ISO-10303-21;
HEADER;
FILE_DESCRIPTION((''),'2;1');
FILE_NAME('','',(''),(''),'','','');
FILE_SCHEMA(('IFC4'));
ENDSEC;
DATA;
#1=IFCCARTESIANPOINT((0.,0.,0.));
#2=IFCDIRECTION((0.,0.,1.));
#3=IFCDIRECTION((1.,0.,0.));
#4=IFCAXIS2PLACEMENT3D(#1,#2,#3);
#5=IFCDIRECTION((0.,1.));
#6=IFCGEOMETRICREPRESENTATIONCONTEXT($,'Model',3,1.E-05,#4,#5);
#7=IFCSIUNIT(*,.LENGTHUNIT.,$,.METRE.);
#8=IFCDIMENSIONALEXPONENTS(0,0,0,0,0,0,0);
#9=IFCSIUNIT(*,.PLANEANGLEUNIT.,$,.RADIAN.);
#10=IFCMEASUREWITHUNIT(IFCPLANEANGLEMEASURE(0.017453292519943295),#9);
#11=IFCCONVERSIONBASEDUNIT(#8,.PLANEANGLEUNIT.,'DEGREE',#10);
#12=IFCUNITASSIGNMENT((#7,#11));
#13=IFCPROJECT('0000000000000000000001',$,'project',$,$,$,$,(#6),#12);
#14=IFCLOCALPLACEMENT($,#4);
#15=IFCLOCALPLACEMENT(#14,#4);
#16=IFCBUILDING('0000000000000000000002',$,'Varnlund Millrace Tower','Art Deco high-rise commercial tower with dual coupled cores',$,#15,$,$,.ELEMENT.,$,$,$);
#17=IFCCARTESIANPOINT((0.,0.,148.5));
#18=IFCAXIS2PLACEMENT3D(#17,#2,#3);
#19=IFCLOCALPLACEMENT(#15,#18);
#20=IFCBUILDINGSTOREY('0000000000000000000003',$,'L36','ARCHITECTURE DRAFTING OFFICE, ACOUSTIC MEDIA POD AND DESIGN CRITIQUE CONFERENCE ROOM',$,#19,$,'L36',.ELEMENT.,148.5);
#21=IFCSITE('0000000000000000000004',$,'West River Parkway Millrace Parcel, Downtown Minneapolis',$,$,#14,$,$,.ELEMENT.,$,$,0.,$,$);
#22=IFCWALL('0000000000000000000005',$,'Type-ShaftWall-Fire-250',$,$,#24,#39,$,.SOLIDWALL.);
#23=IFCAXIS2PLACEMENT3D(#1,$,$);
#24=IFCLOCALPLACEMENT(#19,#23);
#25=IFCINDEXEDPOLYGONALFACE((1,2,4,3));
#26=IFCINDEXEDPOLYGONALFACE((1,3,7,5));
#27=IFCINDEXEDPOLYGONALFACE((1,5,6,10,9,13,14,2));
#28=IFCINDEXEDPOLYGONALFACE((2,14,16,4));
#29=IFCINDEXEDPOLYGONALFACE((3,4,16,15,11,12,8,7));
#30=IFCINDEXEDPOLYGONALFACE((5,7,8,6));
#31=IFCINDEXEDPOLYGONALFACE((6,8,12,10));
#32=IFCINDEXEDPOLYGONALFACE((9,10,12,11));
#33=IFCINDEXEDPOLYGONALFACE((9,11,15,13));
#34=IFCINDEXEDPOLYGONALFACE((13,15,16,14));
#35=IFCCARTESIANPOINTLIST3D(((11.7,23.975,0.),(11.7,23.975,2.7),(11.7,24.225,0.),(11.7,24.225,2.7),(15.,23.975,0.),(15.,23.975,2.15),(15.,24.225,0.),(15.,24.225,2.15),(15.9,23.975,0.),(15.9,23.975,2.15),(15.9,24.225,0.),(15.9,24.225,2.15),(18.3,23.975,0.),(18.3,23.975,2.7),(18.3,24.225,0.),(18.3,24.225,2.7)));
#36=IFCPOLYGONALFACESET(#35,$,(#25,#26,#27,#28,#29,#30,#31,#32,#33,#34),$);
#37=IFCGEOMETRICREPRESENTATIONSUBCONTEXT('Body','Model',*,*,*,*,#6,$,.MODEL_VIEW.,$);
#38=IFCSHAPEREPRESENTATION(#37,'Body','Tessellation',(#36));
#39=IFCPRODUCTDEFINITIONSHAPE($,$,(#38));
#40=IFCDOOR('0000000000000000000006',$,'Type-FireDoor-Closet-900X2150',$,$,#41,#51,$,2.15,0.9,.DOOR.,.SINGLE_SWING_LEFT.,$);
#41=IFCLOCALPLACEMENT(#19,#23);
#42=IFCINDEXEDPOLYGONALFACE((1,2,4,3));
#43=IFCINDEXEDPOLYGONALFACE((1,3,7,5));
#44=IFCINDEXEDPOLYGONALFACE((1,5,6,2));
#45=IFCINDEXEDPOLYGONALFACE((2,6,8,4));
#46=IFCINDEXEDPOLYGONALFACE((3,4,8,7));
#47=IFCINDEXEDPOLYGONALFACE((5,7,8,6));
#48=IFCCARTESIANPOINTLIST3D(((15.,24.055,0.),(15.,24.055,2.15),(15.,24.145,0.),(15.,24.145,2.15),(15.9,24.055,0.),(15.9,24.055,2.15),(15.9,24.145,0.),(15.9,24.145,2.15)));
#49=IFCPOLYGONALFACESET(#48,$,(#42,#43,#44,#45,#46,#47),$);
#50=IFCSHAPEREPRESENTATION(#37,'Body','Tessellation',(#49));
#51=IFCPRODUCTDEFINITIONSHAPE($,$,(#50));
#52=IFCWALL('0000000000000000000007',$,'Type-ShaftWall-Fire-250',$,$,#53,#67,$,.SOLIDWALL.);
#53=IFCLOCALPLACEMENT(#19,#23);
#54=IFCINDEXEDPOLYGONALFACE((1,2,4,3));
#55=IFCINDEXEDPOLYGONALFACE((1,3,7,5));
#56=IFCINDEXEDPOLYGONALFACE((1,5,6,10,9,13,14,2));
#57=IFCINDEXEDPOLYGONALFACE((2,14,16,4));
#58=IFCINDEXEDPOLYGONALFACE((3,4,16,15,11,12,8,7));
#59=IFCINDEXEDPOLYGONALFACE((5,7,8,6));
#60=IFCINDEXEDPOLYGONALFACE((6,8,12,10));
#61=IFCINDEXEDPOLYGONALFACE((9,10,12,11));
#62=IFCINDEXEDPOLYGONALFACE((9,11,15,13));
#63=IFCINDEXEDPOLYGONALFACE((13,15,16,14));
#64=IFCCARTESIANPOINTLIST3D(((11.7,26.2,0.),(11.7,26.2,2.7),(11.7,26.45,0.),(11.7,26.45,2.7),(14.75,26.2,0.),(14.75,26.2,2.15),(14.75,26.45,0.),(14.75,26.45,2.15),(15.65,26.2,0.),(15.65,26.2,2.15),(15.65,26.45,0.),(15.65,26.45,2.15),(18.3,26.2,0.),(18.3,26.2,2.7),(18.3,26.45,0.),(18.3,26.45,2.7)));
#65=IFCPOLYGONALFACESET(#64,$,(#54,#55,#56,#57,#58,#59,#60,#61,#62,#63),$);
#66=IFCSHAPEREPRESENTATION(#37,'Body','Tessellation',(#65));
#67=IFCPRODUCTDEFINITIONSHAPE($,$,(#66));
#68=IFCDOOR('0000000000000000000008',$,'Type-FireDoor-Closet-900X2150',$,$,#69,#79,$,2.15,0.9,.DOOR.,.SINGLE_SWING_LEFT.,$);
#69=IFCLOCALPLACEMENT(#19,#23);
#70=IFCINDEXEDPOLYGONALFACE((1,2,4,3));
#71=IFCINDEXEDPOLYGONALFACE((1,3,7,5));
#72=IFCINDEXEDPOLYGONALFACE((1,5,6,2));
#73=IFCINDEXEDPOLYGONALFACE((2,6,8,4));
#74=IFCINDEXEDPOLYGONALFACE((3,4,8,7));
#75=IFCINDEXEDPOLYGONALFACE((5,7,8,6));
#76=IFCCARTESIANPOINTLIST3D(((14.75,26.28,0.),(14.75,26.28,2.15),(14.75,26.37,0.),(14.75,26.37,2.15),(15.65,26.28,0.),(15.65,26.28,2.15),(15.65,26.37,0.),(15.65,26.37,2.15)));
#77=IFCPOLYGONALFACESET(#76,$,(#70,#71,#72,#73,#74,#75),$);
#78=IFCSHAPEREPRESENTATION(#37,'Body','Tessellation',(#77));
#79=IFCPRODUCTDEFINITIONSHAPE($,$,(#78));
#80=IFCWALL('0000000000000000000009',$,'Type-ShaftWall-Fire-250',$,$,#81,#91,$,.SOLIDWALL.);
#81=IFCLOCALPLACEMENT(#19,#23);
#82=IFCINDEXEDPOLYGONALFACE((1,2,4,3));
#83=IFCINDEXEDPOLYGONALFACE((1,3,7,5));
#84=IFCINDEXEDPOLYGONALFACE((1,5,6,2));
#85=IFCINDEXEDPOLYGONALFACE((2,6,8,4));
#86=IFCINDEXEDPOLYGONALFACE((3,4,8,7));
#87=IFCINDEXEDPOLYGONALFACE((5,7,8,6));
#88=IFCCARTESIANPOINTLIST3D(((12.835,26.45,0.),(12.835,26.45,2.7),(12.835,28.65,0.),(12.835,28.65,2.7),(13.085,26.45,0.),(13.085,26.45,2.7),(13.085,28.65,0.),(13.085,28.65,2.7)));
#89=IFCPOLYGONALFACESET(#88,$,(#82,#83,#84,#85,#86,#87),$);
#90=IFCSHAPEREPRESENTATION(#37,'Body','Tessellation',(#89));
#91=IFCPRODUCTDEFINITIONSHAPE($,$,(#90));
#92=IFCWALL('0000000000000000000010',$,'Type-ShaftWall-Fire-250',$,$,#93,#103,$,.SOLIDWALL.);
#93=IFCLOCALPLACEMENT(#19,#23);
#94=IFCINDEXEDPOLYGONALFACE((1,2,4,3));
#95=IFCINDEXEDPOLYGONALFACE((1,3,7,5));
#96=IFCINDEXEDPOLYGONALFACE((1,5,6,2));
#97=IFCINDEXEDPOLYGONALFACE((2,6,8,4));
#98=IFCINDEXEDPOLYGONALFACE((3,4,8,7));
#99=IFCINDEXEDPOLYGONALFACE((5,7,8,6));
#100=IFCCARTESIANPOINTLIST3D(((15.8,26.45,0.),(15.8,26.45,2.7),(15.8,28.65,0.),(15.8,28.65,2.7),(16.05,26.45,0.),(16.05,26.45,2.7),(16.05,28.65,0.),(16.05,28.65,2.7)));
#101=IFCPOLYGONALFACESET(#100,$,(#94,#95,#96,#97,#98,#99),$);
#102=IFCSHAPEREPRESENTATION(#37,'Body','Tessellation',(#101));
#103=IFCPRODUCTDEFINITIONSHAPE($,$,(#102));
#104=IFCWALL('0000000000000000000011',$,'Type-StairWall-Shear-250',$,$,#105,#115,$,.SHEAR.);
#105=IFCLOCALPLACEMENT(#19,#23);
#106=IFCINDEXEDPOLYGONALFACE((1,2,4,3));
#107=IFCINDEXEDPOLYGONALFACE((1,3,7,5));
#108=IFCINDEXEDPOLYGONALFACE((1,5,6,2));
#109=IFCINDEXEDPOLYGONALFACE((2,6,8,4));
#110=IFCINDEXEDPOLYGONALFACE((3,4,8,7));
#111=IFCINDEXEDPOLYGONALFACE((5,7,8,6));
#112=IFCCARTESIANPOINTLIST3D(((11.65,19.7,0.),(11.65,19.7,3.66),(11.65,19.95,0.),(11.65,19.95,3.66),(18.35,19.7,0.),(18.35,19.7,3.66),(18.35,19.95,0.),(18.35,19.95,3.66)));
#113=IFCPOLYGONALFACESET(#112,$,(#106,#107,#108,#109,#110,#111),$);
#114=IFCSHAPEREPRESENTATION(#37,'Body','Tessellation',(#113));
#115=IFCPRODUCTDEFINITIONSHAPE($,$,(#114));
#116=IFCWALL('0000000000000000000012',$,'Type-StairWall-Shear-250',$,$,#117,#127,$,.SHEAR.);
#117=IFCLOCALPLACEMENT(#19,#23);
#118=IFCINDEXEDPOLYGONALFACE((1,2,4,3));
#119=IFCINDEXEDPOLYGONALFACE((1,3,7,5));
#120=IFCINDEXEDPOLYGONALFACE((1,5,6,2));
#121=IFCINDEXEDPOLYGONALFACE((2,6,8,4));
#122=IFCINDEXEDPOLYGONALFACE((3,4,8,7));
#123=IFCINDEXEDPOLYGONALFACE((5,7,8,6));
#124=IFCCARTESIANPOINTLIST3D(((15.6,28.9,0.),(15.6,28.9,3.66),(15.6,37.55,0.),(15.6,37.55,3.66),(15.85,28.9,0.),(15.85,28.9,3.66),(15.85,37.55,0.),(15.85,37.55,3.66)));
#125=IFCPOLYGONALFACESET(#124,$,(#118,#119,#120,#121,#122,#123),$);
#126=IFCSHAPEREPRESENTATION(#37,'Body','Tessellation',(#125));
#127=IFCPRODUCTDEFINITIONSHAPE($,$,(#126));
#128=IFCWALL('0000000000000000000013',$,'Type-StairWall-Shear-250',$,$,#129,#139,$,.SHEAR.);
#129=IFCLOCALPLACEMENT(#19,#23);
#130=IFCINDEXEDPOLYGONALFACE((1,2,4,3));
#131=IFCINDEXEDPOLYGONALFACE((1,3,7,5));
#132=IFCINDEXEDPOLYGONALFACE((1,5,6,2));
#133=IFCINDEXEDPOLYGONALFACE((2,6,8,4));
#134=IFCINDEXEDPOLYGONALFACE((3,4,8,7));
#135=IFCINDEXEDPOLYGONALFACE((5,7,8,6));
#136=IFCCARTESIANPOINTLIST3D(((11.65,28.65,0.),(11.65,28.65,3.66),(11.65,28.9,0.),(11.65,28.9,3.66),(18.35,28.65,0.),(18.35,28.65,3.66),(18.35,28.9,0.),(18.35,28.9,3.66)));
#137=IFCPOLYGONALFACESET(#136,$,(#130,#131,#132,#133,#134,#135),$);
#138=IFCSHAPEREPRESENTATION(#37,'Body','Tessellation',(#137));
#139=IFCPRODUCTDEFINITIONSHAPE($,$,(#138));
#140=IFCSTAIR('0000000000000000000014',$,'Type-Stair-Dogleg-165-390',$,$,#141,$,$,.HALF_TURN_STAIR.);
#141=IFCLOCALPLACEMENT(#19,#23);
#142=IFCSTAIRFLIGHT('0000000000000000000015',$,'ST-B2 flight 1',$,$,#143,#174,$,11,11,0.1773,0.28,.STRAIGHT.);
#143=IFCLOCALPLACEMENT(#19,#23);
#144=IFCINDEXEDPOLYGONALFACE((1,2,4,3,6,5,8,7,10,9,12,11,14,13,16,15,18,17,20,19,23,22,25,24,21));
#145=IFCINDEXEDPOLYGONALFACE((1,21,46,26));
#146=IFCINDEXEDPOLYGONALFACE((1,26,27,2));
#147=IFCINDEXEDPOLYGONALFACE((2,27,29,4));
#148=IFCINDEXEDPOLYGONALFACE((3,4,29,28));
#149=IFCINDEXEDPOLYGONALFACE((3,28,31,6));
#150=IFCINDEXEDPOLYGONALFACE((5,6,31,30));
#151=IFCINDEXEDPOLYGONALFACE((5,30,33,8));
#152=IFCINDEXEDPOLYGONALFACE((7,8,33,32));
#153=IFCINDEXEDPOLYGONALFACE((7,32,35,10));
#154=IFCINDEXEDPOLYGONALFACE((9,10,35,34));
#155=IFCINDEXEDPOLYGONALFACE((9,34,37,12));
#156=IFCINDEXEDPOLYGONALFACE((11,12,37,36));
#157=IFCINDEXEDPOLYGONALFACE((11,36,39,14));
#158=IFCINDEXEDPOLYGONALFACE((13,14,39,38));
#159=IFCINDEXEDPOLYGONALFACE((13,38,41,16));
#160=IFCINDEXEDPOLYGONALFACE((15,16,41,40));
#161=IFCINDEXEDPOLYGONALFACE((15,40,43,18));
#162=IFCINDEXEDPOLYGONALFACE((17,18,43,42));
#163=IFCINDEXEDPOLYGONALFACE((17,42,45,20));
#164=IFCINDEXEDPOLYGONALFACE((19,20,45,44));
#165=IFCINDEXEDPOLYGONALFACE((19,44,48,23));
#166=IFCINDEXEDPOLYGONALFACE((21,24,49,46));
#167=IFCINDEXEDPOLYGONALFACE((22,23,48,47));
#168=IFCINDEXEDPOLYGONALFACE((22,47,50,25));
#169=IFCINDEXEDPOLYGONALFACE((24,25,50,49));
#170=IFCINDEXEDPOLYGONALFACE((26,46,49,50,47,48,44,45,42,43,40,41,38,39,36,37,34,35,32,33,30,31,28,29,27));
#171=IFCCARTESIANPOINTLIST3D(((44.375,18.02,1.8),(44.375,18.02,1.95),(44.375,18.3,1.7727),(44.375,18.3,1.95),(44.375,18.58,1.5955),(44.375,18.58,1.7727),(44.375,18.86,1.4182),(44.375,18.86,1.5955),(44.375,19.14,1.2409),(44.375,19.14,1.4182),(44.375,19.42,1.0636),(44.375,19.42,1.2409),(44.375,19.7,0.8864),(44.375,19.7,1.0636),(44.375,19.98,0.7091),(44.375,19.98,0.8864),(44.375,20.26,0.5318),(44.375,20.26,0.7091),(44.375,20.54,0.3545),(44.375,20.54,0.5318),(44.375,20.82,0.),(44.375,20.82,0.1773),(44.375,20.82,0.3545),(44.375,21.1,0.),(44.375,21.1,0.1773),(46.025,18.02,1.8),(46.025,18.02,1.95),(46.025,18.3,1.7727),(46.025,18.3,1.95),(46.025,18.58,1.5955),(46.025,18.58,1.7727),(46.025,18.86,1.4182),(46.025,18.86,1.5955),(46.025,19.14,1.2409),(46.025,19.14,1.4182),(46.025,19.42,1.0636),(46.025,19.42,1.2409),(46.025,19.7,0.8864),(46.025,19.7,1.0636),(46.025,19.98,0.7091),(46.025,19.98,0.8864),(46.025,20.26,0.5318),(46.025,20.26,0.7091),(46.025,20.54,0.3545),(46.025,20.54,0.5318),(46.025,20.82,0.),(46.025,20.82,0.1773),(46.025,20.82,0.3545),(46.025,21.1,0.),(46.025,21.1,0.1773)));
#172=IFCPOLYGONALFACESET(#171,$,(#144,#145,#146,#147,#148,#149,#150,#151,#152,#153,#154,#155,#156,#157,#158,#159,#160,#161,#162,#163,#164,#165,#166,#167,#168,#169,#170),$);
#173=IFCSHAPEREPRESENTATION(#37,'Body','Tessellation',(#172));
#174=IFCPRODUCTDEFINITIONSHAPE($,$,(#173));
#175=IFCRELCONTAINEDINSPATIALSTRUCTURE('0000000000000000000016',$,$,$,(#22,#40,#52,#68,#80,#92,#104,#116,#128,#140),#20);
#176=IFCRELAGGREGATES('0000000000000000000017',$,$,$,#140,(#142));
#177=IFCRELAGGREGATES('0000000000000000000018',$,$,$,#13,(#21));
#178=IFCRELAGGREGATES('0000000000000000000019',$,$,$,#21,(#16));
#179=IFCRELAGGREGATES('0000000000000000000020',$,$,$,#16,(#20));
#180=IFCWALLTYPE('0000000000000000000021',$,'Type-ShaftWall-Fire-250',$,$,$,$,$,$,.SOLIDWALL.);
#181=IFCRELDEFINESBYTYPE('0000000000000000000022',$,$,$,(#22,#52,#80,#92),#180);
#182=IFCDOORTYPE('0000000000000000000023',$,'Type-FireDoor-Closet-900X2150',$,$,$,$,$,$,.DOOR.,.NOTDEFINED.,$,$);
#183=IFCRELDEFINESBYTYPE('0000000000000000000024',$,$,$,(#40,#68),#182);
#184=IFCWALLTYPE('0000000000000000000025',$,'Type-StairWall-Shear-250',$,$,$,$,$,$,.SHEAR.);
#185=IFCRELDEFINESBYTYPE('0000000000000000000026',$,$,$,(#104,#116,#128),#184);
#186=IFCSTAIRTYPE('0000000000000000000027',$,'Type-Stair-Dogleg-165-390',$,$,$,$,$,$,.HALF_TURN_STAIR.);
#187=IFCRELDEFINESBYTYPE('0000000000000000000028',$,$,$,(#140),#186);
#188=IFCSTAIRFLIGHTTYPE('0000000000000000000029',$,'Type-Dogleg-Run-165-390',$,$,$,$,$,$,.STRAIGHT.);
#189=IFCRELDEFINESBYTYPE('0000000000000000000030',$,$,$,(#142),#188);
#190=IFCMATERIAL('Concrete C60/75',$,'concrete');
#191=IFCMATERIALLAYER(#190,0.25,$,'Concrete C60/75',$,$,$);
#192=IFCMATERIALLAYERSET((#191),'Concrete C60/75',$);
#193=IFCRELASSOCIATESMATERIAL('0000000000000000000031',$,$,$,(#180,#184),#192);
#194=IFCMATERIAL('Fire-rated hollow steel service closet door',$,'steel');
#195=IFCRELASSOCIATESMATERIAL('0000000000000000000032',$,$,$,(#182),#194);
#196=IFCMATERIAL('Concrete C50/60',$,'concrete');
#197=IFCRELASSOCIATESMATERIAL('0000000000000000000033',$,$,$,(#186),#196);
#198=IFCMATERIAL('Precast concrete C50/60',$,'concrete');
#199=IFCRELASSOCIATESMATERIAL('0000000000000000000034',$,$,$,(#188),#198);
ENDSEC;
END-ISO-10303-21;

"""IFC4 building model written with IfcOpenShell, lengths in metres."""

from ifc_helpers import new_model, entity, si_unit, converted_unit, direction, frame, origin_with_axes, origin_2d_with_axis, place, context, subcontext, project, spatial, polyline, rectangle, outline, extrude, material, layer, layer_set, type_object, element, fill, aggregate, save


model = new_model("IFC4")

# Units and contexts
model_context = context("Model", 3, precision=1e-05, world=origin_with_axes(), true_north=direction((0.0, 1.0)))
body_context = subcontext(model_context, "Body", "Model", "MODEL_VIEW")
ifc_project = project(units=[si_unit("LENGTHUNIT", "METRE"), converted_unit("PLANEANGLEUNIT", "DEGREE", entity("IfcPlaneAngleMeasure", 0.017453292519943295), si_unit("PLANEANGLEUNIT", "RADIAN"), dimensions=[0, 0, 0, 0, 0, 0, 0])], contexts=[model_context])

# Site, building, storey
site_placement = place(None, origin_with_axes())
site = spatial("IfcSite", under=ifc_project, at=site_placement, Name="West River Parkway Millrace Parcel, Downtown Minneapolis", CompositionType="ELEMENT", RefElevation=0.0)
building_placement = place(site_placement, origin_with_axes())
building = spatial("IfcBuilding", under=site, at=building_placement, Name="Varnlund Millrace Tower", Description="Art Deco high-rise commercial tower with dual coupled cores", CompositionType="ELEMENT")
storey_placement = place(building_placement, frame((0.0, 0.0, 148.5), z_axis=(0.0, 0.0, 1.0), x_axis=(1.0, 0.0, 0.0)))
storey = spatial("IfcBuildingStorey", under=building, at=storey_placement, Name="L36", Description="ARCHITECTURE DRAFTING OFFICE, ACOUSTIC MEDIA POD AND DESIGN CRITIQUE CONFERENCE ROOM", LongName="L36", CompositionType="ELEMENT", Elevation=148.5)

# Shared definitions
ifc_material_1 = material(Name="Concrete C60/75", Category="concrete")
ifc_layer_1 = layer(ifc_material_1, 0.25, Name="Concrete C60/75")
ifc_layer_set_1 = layer_set([ifc_layer_1], Name="Concrete C60/75")
wall_type_1 = type_object("IfcWallType", Name="Type-ShaftWall-Fire-250", PredefinedType="SOLIDWALL", material=ifc_layer_set_1)

# Walls, openings, doors
wall_1_placement = place(storey_placement, frame((11.7, 24.1, 0.0), z_axis=(0.0, 0.0, 1.0), x_axis=(1.0, 0.0, 0.0)))
wall_1 = element("IfcWall", 1, at=wall_1_placement, inside=storey, type_object=wall_type_1, Name="Type-ShaftWall-Fire-250", PredefinedType="SOLIDWALL", context=body_context, shape_type="SweptSolid", body=[
    extrude(outline(polyline([(0.0, -0.125), (6.6, -0.125), (6.6, 0.125), (0.0, 0.125), (0.0, -0.125)])), origin_with_axes(), (0.0, 0.0, 1.0), 2.7),
])
opening_1_placement = place(wall_1_placement, frame((3.75, 0.0, 0.0), z_axis=(0.0, 0.0, 1.0), x_axis=(1.0, 0.0, 0.0)))
opening_1 = element("IfcOpeningElement", 2, at=opening_1_placement, cuts=wall_1, PredefinedType="OPENING", context=body_context, shape_type="SweptSolid", body=[
    extrude(rectangle(XDim=0.9, YDim=0.27, at=origin_2d_with_axis()), origin_with_axes(), (0.0, 0.0, 1.0), 2.15),
])
ifc_material_2 = material(Name="Fire-rated hollow steel service closet door", Category="steel")
door_type_1 = type_object("IfcDoorType", Name="Type-FireDoor-Closet-900X2150", OperationType="NOTDEFINED", PredefinedType="DOOR", material=ifc_material_2)
door_1_placement = place(wall_1_placement, frame((3.75, 0.0, 0.0), z_axis=(0.0, 0.0, 1.0), x_axis=(1.0, 0.0, 0.0)))
door_1 = element("IfcDoor", 3, at=door_1_placement, inside=storey, type_object=door_type_1, Name="Type-FireDoor-Closet-900X2150", OperationType="SINGLE_SWING_LEFT", OverallHeight=2.15, OverallWidth=0.9, PredefinedType="DOOR", context=body_context, shape_type="SweptSolid", body=[
    extrude(rectangle(XDim=0.9, YDim=0.09, at=origin_2d_with_axis()), origin_with_axes(), (0.0, 0.0, 1.0), 2.15),
])
fill(opening_1, door_1)
wall_2_placement = place(storey_placement, frame((11.7, 26.325, 0.0), z_axis=(0.0, 0.0, 1.0), x_axis=(1.0, 0.0, 0.0)))
wall_2 = element("IfcWall", 4, at=wall_2_placement, inside=storey, type_object=wall_type_1, Name="Type-ShaftWall-Fire-250", PredefinedType="SOLIDWALL", context=body_context, shape_type="SweptSolid", body=[
    extrude(outline(polyline([(0.0, -0.125), (6.6, -0.125), (6.6, 0.125), (0.0, 0.125), (0.0, -0.125)])), origin_with_axes(), (0.0, 0.0, 1.0), 2.7),
])
opening_2_placement = place(wall_2_placement, frame((3.5, 0.0, 0.0), z_axis=(0.0, 0.0, 1.0), x_axis=(1.0, 0.0, 0.0)))
opening_2 = element("IfcOpeningElement", 5, at=opening_2_placement, cuts=wall_2, PredefinedType="OPENING", context=body_context, shape_type="SweptSolid", body=[
    extrude(rectangle(XDim=0.9, YDim=0.27, at=origin_2d_with_axis()), origin_with_axes(), (0.0, 0.0, 1.0), 2.15),
])
door_2_placement = place(wall_2_placement, frame((3.5, 0.0, 0.0), z_axis=(0.0, 0.0, 1.0), x_axis=(1.0, 0.0, 0.0)))
door_2 = element("IfcDoor", 6, at=door_2_placement, inside=storey, type_object=door_type_1, Name="Type-FireDoor-Closet-900X2150", OperationType="SINGLE_SWING_LEFT", OverallHeight=2.15, OverallWidth=0.9, PredefinedType="DOOR", context=body_context, shape_type="SweptSolid", body=[
    extrude(rectangle(XDim=0.9, YDim=0.09, at=origin_2d_with_axis()), origin_with_axes(), (0.0, 0.0, 1.0), 2.15),
])
fill(opening_2, door_2)

# Walls
for number, where, z_axis, x_axis, name in (
    (7, (12.96, 26.45, 0.0), (0.0, 0.0, 1.0), (0.0, 1.0, 0.0), "Type-ShaftWall-Fire-250"),
    (8, (15.925, 26.45, 0.0), (0.0, 0.0, 1.0), (0.0, 1.0, 0.0), "Type-ShaftWall-Fire-250"),
):
    element("IfcWall", number, at=place(storey_placement, frame(where, z_axis=z_axis, x_axis=x_axis)), inside=storey, type_object=wall_type_1, Name=name, PredefinedType="SOLIDWALL", context=body_context, shape_type="SweptSolid", body=[
        extrude(outline(polyline([(0.0, -0.125), (2.2, -0.125), (2.2, 0.125), (0.0, 0.125), (0.0, -0.125)])), origin_with_axes(), (0.0, 0.0, 1.0), 2.7),
    ])
wall_type_2 = type_object("IfcWallType", Name="Type-StairWall-Shear-250", PredefinedType="SHEAR", material=ifc_layer_set_1)
wall_3_placement = place(storey_placement, frame((11.65, 19.825, 0.0), z_axis=(0.0, 0.0, 1.0), x_axis=(1.0, 0.0, 0.0)))
element("IfcWall", 9, at=wall_3_placement, inside=storey, type_object=wall_type_2, Name="Type-StairWall-Shear-250", PredefinedType="SHEAR", context=body_context, shape_type="SweptSolid", body=[
    extrude(outline(polyline([(0.0, -0.125), (6.7, -0.125), (6.7, 0.125), (0.0, 0.125), (0.0, -0.125)])), origin_with_axes(), (0.0, 0.0, 1.0), 3.66),
])
wall_4_placement = place(storey_placement, frame((15.725, 28.9, 0.0), z_axis=(0.0, 0.0, 1.0), x_axis=(0.0, 1.0, 0.0)))
element("IfcWall", 10, at=wall_4_placement, inside=storey, type_object=wall_type_2, Name="Type-StairWall-Shear-250", PredefinedType="SHEAR", context=body_context, shape_type="SweptSolid", body=[
    extrude(outline(polyline([(0.0, -0.125), (8.65, -0.125), (8.65, 0.125), (0.0, 0.125), (0.0, -0.125)])), origin_with_axes(), (0.0, 0.0, 1.0), 3.66),
])
wall_5_placement = place(storey_placement, frame((11.65, 28.775, 0.0), z_axis=(0.0, 0.0, 1.0), x_axis=(1.0, 0.0, 0.0)))
element("IfcWall", 11, at=wall_5_placement, inside=storey, type_object=wall_type_2, Name="Type-StairWall-Shear-250", PredefinedType="SHEAR", context=body_context, shape_type="SweptSolid", body=[
    extrude(outline(polyline([(0.0, -0.125), (6.7, -0.125), (6.7, 0.125), (0.0, 0.125), (0.0, -0.125)])), origin_with_axes(), (0.0, 0.0, 1.0), 3.66),
])

# Stair, stair flight
ifc_material_3 = material(Name="Concrete C50/60", Category="concrete")
stair_type_1 = type_object("IfcStairType", Name="Type-Stair-Dogleg-165-390", PredefinedType="HALF_TURN_STAIR", material=ifc_material_3)
stair_1_placement = place(storey_placement, origin_with_axes())
stair_1 = element("IfcStair", 12, at=stair_1_placement, inside=storey, type_object=stair_type_1, Name="Type-Stair-Dogleg-165-390", PredefinedType="HALF_TURN_STAIR")
ifc_material_4 = material(Name="Precast concrete C50/60", Category="concrete")
stair_flight_type_1 = type_object("IfcStairFlightType", Name="Type-Dogleg-Run-165-390", PredefinedType="STRAIGHT", material=ifc_material_4)
stair_flight_1_placement = place(storey_placement, frame((46.025, 21.1, 0.0), z_axis=(-1.0, 0.0, 0.0), x_axis=(0.0, -1.0, 0.0)))
stair_flight_1 = element("IfcStairFlight", 13, at=stair_flight_1_placement, type_object=stair_flight_type_1, Name="ST-B2 flight 1", NumberOfRisers=11, NumberOfTreads=11, PredefinedType="STRAIGHT", RiserHeight=0.1773, TreadLength=0.28, context=body_context, shape_type="SweptSolid", body=[
    extrude(outline(polyline([(0.0, 0.0), (0.0, 0.1773), (0.28, 0.1773), (0.28, 0.3545), (0.56, 0.3545), (0.56, 0.5318), (0.84, 0.5318), (0.84, 0.7091), (1.12, 0.7091), (1.12, 0.8864), (1.4, 0.8864), (1.4, 1.0636), (1.68, 1.0636), (1.68, 1.2409), (1.96, 1.2409), (1.96, 1.4182), (2.24, 1.4182), (2.24, 1.5955), (2.52, 1.5955), (2.52, 1.7727), (2.8, 1.7727), (2.8, 1.95), (3.08, 1.95), (3.08, 1.8), (0.28, 0.0), (0.0, 0.0)])), origin_with_axes(), (0.0, 0.0, 1.0), 1.65),
])
aggregate(stair_1, [stair_flight_1])

save(model, "model.ifc")
